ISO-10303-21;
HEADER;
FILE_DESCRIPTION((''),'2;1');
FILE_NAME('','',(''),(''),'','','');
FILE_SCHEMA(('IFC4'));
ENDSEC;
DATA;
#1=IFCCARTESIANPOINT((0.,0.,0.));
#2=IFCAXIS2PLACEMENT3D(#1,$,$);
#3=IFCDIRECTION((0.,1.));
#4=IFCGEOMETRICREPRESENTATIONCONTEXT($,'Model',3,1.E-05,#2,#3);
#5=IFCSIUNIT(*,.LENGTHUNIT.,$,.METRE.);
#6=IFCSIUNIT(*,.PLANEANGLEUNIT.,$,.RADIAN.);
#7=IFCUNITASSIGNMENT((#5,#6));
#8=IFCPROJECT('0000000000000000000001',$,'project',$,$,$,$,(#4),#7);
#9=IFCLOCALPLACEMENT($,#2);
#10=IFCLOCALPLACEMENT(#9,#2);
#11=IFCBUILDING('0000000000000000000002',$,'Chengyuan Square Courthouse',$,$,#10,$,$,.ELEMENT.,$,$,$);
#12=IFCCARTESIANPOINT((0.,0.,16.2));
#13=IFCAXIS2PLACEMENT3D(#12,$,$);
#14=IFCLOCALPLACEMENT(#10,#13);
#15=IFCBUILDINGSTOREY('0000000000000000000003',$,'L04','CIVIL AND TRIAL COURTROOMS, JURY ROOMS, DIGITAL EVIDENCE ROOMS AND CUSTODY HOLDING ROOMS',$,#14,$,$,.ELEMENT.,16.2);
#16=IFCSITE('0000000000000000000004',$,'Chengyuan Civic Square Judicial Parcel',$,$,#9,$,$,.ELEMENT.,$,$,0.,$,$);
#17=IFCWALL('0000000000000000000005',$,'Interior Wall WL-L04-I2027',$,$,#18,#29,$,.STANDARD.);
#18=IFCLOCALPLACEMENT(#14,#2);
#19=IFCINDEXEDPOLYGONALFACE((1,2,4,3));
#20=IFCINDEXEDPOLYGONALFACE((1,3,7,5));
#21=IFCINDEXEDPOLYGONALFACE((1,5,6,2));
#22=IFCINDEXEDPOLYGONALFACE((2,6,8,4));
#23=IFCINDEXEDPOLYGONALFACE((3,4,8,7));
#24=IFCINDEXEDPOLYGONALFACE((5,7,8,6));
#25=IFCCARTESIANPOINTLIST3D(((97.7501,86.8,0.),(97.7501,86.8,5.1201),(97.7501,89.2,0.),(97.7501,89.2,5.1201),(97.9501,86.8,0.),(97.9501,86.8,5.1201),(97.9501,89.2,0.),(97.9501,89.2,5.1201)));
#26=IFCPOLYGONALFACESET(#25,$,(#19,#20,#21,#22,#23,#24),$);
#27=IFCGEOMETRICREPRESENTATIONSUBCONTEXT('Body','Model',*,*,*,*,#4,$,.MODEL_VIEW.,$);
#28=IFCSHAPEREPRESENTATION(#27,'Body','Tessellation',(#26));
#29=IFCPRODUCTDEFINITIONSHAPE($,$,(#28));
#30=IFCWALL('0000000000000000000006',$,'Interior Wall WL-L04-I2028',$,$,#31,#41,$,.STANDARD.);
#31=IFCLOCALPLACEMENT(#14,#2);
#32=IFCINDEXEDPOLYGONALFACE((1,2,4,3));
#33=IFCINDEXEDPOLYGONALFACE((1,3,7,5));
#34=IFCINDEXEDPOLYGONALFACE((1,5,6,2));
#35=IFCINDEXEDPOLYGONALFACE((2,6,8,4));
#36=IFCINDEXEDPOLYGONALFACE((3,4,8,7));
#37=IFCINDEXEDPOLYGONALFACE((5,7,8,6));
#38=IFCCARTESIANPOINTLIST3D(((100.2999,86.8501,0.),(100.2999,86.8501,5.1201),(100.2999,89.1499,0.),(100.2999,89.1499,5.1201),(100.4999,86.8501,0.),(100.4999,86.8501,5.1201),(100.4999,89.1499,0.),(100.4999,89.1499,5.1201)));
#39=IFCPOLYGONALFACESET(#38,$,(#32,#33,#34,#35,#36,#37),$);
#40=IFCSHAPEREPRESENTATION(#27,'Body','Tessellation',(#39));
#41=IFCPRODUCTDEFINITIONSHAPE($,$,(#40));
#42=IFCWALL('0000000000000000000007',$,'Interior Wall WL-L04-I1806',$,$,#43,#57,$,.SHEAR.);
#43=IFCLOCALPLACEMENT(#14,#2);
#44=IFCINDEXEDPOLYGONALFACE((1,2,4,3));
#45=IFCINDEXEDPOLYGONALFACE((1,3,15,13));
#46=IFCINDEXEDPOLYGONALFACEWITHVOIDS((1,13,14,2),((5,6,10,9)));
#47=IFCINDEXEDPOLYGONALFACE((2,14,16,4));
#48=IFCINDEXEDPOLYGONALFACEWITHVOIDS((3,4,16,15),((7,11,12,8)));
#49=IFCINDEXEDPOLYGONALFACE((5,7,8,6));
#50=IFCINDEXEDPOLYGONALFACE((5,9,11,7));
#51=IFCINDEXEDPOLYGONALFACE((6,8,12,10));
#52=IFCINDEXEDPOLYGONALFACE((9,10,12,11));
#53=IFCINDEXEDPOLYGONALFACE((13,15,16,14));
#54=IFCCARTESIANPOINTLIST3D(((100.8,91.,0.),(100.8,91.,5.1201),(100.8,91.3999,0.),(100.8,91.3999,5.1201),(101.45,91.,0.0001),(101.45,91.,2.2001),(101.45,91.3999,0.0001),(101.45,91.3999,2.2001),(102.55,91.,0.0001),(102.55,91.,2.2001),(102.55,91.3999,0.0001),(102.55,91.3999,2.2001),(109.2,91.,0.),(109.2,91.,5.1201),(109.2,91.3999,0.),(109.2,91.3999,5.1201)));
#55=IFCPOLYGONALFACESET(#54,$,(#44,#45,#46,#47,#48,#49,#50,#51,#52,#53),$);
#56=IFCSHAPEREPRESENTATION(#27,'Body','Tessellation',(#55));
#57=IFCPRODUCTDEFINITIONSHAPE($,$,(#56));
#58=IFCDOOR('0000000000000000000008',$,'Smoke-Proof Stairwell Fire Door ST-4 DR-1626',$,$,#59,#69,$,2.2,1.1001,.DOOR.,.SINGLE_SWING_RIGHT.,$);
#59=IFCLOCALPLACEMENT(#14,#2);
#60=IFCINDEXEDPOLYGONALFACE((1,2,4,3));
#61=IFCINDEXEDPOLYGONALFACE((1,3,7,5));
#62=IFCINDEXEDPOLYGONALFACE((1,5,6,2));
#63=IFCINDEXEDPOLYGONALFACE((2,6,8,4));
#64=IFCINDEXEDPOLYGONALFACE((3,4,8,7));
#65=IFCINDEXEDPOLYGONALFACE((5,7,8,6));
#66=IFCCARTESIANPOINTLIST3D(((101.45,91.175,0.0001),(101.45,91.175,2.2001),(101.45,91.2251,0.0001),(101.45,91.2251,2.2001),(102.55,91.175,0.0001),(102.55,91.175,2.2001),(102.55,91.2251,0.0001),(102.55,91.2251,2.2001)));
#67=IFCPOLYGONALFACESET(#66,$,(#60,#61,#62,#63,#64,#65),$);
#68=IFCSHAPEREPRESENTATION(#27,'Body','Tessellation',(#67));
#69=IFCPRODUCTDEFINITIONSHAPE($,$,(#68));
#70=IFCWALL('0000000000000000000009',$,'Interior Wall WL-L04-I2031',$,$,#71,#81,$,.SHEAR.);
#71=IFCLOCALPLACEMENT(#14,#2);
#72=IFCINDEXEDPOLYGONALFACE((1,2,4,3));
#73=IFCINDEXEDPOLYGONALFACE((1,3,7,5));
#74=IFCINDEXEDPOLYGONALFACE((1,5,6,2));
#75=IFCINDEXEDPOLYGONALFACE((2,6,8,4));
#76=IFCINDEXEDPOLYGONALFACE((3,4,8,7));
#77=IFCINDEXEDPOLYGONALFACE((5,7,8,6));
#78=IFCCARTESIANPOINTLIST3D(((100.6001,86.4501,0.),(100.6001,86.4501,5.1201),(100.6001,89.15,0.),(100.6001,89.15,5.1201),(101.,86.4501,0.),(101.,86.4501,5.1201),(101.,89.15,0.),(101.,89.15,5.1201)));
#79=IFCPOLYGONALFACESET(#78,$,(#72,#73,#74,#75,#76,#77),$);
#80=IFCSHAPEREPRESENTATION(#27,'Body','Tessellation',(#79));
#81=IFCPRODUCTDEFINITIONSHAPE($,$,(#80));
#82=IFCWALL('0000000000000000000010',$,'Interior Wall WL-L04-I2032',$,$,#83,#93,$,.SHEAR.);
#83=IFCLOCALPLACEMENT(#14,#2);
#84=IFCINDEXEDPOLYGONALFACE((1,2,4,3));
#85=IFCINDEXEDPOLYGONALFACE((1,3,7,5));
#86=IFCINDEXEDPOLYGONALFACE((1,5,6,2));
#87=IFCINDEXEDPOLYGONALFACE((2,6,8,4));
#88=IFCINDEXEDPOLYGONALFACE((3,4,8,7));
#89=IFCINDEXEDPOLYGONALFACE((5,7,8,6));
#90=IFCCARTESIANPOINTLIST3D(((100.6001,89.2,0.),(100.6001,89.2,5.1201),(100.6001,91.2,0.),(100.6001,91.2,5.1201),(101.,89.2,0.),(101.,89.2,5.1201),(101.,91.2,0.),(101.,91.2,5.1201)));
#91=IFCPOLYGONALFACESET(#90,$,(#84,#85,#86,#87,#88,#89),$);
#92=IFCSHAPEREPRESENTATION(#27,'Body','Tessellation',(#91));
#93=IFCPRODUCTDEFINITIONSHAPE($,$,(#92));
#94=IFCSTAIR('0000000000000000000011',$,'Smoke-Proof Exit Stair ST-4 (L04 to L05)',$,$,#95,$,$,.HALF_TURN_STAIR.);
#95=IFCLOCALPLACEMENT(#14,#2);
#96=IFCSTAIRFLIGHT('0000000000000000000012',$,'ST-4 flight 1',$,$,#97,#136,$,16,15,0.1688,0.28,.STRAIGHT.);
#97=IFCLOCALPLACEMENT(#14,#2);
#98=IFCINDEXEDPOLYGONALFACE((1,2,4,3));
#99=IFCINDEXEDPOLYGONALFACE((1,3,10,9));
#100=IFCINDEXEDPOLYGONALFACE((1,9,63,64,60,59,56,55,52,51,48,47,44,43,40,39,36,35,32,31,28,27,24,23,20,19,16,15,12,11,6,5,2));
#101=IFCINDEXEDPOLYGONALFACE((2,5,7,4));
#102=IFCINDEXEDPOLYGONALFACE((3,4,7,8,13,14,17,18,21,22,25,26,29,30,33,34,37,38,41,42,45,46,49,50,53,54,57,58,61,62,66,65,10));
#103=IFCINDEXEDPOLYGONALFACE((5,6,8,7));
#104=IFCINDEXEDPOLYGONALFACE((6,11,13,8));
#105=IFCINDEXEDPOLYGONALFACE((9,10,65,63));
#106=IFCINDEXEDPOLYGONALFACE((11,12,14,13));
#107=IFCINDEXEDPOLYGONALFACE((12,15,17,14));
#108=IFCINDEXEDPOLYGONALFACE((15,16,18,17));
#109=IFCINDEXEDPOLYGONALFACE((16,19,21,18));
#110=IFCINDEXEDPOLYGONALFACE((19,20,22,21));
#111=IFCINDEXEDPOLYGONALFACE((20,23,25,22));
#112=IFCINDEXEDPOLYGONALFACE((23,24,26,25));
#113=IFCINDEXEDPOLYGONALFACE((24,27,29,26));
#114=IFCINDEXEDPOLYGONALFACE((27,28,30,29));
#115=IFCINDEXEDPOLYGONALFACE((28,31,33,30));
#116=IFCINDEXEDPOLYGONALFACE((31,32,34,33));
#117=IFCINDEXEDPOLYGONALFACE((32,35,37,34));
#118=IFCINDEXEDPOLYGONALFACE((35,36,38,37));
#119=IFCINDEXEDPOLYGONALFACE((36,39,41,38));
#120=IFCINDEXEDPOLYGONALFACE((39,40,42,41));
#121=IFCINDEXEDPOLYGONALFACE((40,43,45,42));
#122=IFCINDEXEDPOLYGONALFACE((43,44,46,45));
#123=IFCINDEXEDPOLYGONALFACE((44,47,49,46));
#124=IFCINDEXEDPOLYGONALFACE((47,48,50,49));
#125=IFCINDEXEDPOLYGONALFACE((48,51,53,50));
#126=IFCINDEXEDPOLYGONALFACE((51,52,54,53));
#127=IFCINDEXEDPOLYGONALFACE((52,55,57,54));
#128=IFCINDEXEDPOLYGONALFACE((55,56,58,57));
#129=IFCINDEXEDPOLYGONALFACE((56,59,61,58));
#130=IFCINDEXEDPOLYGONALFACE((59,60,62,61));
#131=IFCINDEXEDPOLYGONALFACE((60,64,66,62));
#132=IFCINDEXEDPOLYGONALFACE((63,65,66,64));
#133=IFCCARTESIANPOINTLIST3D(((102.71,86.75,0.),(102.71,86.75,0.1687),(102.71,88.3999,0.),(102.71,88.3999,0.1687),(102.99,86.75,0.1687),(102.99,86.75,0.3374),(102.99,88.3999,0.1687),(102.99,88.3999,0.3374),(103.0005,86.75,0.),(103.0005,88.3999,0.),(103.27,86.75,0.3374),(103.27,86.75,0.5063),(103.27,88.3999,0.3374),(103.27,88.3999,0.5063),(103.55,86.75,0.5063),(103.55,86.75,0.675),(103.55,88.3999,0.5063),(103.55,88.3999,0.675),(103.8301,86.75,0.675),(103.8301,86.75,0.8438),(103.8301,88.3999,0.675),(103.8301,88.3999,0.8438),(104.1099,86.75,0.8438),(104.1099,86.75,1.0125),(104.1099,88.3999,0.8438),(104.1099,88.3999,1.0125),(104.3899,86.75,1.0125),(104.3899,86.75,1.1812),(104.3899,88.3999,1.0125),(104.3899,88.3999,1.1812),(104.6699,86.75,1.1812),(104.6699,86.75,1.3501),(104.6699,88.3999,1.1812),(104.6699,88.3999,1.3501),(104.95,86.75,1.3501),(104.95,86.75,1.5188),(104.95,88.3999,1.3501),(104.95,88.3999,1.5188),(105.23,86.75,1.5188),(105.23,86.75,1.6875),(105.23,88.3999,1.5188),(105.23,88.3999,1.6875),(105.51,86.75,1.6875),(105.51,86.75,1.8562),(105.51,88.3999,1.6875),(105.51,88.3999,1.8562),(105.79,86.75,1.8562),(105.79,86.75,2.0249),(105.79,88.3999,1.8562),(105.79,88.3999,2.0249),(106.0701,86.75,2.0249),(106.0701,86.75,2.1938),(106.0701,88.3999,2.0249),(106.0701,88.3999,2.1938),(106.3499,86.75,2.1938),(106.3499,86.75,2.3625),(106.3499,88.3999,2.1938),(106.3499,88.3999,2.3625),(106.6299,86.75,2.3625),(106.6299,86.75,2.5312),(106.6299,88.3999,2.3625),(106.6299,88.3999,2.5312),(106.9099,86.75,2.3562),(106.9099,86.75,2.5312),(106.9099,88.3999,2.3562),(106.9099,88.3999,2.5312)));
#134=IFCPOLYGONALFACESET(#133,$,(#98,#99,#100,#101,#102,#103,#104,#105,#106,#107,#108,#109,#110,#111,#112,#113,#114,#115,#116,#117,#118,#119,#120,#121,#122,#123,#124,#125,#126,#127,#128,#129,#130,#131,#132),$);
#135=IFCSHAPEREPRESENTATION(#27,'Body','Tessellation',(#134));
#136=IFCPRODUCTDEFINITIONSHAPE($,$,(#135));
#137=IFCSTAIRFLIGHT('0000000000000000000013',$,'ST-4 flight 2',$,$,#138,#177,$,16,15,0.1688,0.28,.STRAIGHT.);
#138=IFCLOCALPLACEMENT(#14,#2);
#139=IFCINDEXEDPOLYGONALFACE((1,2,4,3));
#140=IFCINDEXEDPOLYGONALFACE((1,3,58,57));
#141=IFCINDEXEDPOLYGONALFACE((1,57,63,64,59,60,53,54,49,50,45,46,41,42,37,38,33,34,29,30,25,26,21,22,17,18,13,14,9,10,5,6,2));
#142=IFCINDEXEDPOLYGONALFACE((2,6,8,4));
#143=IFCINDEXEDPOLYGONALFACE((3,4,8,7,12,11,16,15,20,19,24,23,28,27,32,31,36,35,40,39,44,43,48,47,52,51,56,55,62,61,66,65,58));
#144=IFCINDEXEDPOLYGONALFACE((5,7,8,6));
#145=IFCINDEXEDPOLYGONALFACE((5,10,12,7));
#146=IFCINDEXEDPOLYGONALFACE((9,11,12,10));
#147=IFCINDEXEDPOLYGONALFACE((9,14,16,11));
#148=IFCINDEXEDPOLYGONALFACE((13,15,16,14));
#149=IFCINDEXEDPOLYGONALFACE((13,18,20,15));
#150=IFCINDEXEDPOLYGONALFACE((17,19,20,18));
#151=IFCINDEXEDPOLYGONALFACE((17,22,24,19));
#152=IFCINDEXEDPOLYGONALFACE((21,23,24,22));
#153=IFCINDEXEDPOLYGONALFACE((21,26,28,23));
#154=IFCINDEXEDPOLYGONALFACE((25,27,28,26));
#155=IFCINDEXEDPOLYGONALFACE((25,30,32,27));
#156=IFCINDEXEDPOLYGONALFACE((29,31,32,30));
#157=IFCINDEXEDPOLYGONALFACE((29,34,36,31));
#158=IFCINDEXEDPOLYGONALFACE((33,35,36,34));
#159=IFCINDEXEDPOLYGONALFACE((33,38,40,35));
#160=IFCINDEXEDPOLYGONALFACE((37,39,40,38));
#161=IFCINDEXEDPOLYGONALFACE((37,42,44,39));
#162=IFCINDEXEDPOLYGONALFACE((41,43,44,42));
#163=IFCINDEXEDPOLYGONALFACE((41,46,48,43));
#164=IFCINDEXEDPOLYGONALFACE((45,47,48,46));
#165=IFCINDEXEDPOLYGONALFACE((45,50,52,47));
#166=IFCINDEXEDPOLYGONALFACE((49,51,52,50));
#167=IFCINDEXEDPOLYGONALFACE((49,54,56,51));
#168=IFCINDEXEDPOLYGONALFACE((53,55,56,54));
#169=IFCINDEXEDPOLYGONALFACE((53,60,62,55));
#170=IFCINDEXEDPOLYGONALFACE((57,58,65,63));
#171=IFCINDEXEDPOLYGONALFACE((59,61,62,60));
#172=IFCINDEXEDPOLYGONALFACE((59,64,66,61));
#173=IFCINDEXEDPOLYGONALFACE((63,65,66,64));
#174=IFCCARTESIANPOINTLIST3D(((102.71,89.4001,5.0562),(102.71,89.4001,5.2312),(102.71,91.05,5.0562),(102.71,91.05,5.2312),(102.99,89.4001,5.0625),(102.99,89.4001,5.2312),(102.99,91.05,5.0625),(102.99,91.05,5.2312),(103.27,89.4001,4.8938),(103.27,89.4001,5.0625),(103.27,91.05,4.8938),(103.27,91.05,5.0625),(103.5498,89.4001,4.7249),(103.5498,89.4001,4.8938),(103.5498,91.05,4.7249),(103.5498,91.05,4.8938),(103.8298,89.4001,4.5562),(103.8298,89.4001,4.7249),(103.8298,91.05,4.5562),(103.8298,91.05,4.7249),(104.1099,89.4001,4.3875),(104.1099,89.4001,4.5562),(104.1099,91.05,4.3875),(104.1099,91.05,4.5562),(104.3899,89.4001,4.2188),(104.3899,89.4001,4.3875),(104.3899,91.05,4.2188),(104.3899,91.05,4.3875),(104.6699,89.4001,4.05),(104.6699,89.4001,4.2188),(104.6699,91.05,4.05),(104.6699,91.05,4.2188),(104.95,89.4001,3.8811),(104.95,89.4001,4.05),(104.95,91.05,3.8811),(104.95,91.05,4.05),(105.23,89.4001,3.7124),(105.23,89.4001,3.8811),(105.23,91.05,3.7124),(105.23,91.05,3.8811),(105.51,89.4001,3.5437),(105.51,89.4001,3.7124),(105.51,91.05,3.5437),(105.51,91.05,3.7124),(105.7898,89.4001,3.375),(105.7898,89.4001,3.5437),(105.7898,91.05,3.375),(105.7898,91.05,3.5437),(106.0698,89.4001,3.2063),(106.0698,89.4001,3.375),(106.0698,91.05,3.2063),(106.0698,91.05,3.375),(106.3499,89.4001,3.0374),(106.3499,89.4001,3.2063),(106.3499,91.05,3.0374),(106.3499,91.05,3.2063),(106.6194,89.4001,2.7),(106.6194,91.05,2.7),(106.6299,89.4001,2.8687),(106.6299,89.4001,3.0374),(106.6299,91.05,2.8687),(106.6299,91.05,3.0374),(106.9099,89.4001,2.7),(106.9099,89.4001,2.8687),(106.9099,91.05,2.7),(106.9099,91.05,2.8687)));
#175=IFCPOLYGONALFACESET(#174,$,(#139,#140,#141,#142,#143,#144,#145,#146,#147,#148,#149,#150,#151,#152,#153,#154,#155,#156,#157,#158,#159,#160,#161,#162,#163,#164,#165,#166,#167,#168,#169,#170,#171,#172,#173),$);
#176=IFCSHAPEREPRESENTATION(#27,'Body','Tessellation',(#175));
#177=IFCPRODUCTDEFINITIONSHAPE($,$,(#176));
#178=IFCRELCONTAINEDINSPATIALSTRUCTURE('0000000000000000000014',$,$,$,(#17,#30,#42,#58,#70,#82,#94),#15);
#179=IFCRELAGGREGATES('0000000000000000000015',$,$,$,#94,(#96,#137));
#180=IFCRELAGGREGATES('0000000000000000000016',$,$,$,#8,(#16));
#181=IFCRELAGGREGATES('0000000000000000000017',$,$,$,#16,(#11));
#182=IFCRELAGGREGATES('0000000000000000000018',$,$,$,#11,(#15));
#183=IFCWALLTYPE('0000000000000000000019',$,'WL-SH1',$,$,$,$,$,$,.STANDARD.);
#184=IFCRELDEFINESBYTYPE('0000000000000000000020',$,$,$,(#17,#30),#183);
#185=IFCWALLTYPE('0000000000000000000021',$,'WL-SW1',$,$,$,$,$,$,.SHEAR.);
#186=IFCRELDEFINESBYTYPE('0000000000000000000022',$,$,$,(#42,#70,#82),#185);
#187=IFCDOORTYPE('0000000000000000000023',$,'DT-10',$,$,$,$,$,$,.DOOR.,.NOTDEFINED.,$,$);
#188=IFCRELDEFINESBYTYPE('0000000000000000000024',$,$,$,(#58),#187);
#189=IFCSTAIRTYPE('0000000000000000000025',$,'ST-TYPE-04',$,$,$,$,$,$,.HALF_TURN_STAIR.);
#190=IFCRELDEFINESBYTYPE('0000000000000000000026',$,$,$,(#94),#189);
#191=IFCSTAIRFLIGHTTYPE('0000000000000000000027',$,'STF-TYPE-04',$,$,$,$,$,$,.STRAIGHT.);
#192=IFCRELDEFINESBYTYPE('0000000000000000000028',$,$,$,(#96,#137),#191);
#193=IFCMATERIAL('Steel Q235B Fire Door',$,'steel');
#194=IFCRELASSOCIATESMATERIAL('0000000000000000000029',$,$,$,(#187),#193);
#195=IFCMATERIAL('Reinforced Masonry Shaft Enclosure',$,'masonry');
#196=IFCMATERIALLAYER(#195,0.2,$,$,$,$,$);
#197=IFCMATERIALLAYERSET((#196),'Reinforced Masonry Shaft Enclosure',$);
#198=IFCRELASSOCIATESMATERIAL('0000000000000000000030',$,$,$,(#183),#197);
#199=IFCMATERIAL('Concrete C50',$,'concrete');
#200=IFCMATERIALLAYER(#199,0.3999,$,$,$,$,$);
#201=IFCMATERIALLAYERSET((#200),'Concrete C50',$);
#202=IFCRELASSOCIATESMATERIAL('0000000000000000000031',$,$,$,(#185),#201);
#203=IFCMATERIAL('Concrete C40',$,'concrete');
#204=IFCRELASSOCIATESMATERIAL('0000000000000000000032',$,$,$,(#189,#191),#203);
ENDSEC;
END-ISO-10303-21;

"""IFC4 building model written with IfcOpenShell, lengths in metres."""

from ifc_helpers import new_model, si_unit, direction, frame, frame_2d, origin, place, context, subcontext, project, spatial, polyline, rectangle, outline, extrude, material, layer, layer_set, type_object, element, fill, aggregate, save


model = new_model("IFC4")

# Units and contexts
model_context = context("Model", 3, precision=1e-05, world=origin(), true_north=direction((0.0, 1.0)))
body_context = subcontext(model_context, "Body", "Model", "MODEL_VIEW")
ifc_project = project(units=[si_unit("LENGTHUNIT", "METRE"), si_unit("PLANEANGLEUNIT", "RADIAN")], contexts=[model_context])

# Site, building, storey
site_placement = place(None, origin())
site = spatial("IfcSite", under=ifc_project, at=site_placement, Name="Chengyuan Civic Square Judicial Parcel", CompositionType="ELEMENT", RefElevation=0.0)
building_placement = place(site_placement, origin())
building = spatial("IfcBuilding", under=site, at=building_placement, Name="Chengyuan Square Courthouse", CompositionType="ELEMENT")
storey_placement = place(building_placement, frame((0.0, 0.0, 16.2)))
storey = spatial("IfcBuildingStorey", under=building, at=storey_placement, Name="L04", Description="CIVIL AND TRIAL COURTROOMS, JURY ROOMS, DIGITAL EVIDENCE ROOMS AND CUSTODY HOLDING ROOMS", CompositionType="ELEMENT", Elevation=16.2)

# Shared definitions
ifc_material_1 = material(Name="Concrete C50", Category="concrete")

# Shared definitions
ifc_material_2 = material(Name="Concrete C40", Category="concrete")

# Shared definitions
ifc_material_3 = material(Name="Steel Q235B Fire Door", Category="steel")
door_type_1 = type_object("IfcDoorType", Name="DT-10", OperationType="NOTDEFINED", PredefinedType="DOOR", material=ifc_material_3)

# Walls
ifc_material_4 = material(Name="Reinforced Masonry Shaft Enclosure", Category="masonry")
ifc_layer_1 = layer(ifc_material_4, 0.2)
ifc_layer_set_1 = layer_set([ifc_layer_1], Name="Reinforced Masonry Shaft Enclosure")
wall_type_1 = type_object("IfcWallType", Name="WL-SH1", PredefinedType="STANDARD", material=ifc_layer_set_1)
wall_1_placement = place(storey_placement, frame((97.8501, 86.8, 0.0), z_axis=(0.0, 0.0, 1.0), x_axis=(0.0, 1.0, 0.0)))
element("IfcWall", 1, at=wall_1_placement, inside=storey, type_object=wall_type_1, Name="Interior Wall WL-L04-I2027", PredefinedType="STANDARD", context=body_context, shape_type="SweptSolid", body=[
    extrude(rectangle(XDim=2.3999, YDim=0.2, at=frame_2d((1.2, 0.0))), origin(), (0.0, 0.0, 1.0), 5.1201),
])
wall_2_placement = place(storey_placement, frame((100.3999, 86.8501, 0.0), z_axis=(0.0, 0.0, 1.0), x_axis=(0.0, 1.0, 0.0)))
element("IfcWall", 2, at=wall_2_placement, inside=storey, type_object=wall_type_1, Name="Interior Wall WL-L04-I2028", PredefinedType="STANDARD", context=body_context, shape_type="SweptSolid", body=[
    extrude(rectangle(XDim=2.2998, YDim=0.2, at=frame_2d((1.1499, 0.0))), origin(), (0.0, 0.0, 1.0), 5.1201),
])

# Wall, opening, door
ifc_layer_2 = layer(ifc_material_1, 0.3999)
ifc_layer_set_2 = layer_set([ifc_layer_2], Name="Concrete C50")
wall_type_2 = type_object("IfcWallType", Name="WL-SW1", PredefinedType="SHEAR", material=ifc_layer_set_2)
wall_3_placement = place(storey_placement, frame((100.8, 91.2, 0.0), z_axis=(0.0, 0.0, 1.0), x_axis=(1.0, 0.0, 0.0)))
wall_3 = element("IfcWall", 3, at=wall_3_placement, inside=storey, type_object=wall_type_2, Name="Interior Wall WL-L04-I1806", PredefinedType="SHEAR", context=body_context, shape_type="SweptSolid", body=[
    extrude(rectangle(XDim=8.3999, YDim=0.3999, at=frame_2d((4.2, 0.0))), origin(), (0.0, 0.0, 1.0), 5.1201),
])
opening_1_placement = place(wall_3_placement, frame((0.6499, 0.0, 0.0)))
opening_1 = element("IfcOpeningElement", 4, at=opening_1_placement, cuts=wall_3, PredefinedType="OPENING", context=body_context, shape_type="SweptSolid", body=[
    extrude(rectangle(XDim=1.1001, YDim=2.2, at=frame_2d((0.55, 1.1001))), frame((0.0, 0.2119, 0.0), z_axis=(0.0, -1.0, 0.0), x_axis=(1.0, 0.0, 0.0)), (0.0, 0.0, 1.0), 0.4238),
])
door_1_placement = place(opening_1_placement, frame((1.1001, 0.0, 0.0), z_axis=(0.0, 0.0, 1.0), x_axis=(-1.0, 0.0, 0.0)))
door_1 = element("IfcDoor", 5, at=door_1_placement, inside=storey, type_object=door_type_1, Name="Smoke-Proof Stairwell Fire Door ST-4 DR-1626", OperationType="SINGLE_SWING_RIGHT", OverallHeight=2.2, OverallWidth=1.1001, PredefinedType="DOOR", context=body_context, shape_type="SweptSolid", body=[
    extrude(rectangle(XDim=1.1001, YDim=2.2, at=frame_2d((0.55, 1.1001))), frame((0.0, 0.0249, 0.0), z_axis=(0.0, -1.0, 0.0), x_axis=(1.0, 0.0, 0.0)), (0.0, 0.0, 1.0), 0.05),
])
fill(opening_1, door_1)

# Walls
wall_4_placement = place(storey_placement, frame((100.8, 86.45, 0.0), z_axis=(0.0, 0.0, 1.0), x_axis=(0.0, 1.0, 0.0)))
element("IfcWall", 6, at=wall_4_placement, inside=storey, type_object=wall_type_2, Name="Interior Wall WL-L04-I2031", PredefinedType="SHEAR", context=body_context, shape_type="SweptSolid", body=[
    extrude(rectangle(XDim=2.7, YDim=0.3999, at=frame_2d((1.3501, 0.0))), origin(), (0.0, 0.0, 1.0), 5.1201),
])
wall_5_placement = place(storey_placement, frame((100.8, 89.2, 0.0), z_axis=(0.0, 0.0, 1.0), x_axis=(0.0, 1.0, 0.0)))
element("IfcWall", 7, at=wall_5_placement, inside=storey, type_object=wall_type_2, Name="Interior Wall WL-L04-I2032", PredefinedType="SHEAR", context=body_context, shape_type="SweptSolid", body=[
    extrude(rectangle(XDim=2.0, YDim=0.3999, at=frame_2d((1.0, 0.0))), origin(), (0.0, 0.0, 1.0), 5.1201),
])

# Stair, stair flights
stair_type = type_object("IfcStairType", Name="ST-TYPE-04", PredefinedType="HALF_TURN_STAIR", material=ifc_material_2)
stair_placement = place(storey_placement, origin())
stair = element("IfcStair", 8, at=stair_placement, inside=storey, type_object=stair_type, Name="Smoke-Proof Exit Stair ST-4 (L04 to L05)", PredefinedType="HALF_TURN_STAIR")
stair_flight_type = type_object("IfcStairFlightType", Name="STF-TYPE-04", PredefinedType="STRAIGHT", material=ifc_material_2)
stair_flight_1_placement = place(storey_placement, frame((102.71, 87.575, 0.0), z_axis=(0.0, 0.0, 1.0), x_axis=(1.0, 0.0, 0.0)))
stair_flight_1 = element("IfcStairFlight", 9, at=stair_flight_1_placement, type_object=stair_flight_type, Name="ST-4 flight 1", NumberOfRisers=16, NumberOfTreads=15, PredefinedType="STRAIGHT", RiserHeight=0.1688, TreadLength=0.28, context=body_context, shape_type="SweptSolid", body=[
    extrude(outline(polyline([(0.0, 0.0), (0.0, 0.1687), (0.28, 0.1687), (0.28, 0.3374), (0.5601, 0.3374), (0.5601, 0.5063), (0.8401, 0.5063), (0.8401, 0.675), (1.1201, 0.675), (1.1201, 0.8438), (1.3999, 0.8438), (1.3999, 1.0125), (1.6799, 1.0125), (1.6799, 1.1812), (1.96, 1.1812), (1.96, 1.3501), (2.24, 1.3501), (2.24, 1.5188), (2.52, 1.5188), (2.52, 1.6875), (2.8, 1.6875), (2.8, 1.8562), (3.0801, 1.8562), (3.0801, 2.0249), (3.3601, 2.0249), (3.3601, 2.1938), (3.6399, 2.1938), (3.6399, 2.3625), (3.9199, 2.3625), (3.9199, 2.5312), (4.2, 2.5312), (4.2, 2.7), (4.2, 2.3562), (0.2905, 0.0), (0.0, 0.0)])), frame((0.0, 0.825, 0.0), z_axis=(0.0, -1.0, 0.0), x_axis=(1.0, 0.0, 0.0)), (0.0, 0.0, 1.0), 1.6499),
])
stair_flight_2_placement = place(storey_placement, frame((106.9099, 90.2251, 2.7), z_axis=(0.0, 0.0, 1.0), x_axis=(-1.0, 0.0, 0.0)))
stair_flight_2 = element("IfcStairFlight", 10, at=stair_flight_2_placement, type_object=stair_flight_type, Name="ST-4 flight 2", NumberOfRisers=16, NumberOfTreads=15, PredefinedType="STRAIGHT", RiserHeight=0.1688, TreadLength=0.28, context=body_context, shape_type="SweptSolid", body=[
    extrude(outline(polyline([(0.0, 0.0), (0.0, 0.1687), (0.28, 0.1687), (0.28, 0.3374), (0.5601, 0.3374), (0.5601, 0.5063), (0.8401, 0.5063), (0.8401, 0.675), (1.1201, 0.675), (1.1201, 0.8438), (1.3999, 0.8438), (1.3999, 1.0125), (1.6799, 1.0125), (1.6799, 1.1812), (1.96, 1.1812), (1.96, 1.3501), (2.24, 1.3501), (2.24, 1.5188), (2.52, 1.5188), (2.52, 1.6875), (2.8, 1.6875), (2.8, 1.8562), (3.0801, 1.8562), (3.0801, 2.0249), (3.3601, 2.0249), (3.3601, 2.1938), (3.6399, 2.1938), (3.6399, 2.3625), (3.9199, 2.3625), (3.9199, 2.5312), (4.2, 2.5312), (4.2, 2.7), (4.2, 2.3562), (0.2905, 0.0), (0.0, 0.0)])), frame((0.0, 0.825, 0.0), z_axis=(0.0, -1.0, 0.0), x_axis=(1.0, 0.0, 0.0)), (0.0, 0.0, 1.0), 1.6499),
])
aggregate(stair, [stair_flight_1, stair_flight_2])

save(model, "model.ifc")
